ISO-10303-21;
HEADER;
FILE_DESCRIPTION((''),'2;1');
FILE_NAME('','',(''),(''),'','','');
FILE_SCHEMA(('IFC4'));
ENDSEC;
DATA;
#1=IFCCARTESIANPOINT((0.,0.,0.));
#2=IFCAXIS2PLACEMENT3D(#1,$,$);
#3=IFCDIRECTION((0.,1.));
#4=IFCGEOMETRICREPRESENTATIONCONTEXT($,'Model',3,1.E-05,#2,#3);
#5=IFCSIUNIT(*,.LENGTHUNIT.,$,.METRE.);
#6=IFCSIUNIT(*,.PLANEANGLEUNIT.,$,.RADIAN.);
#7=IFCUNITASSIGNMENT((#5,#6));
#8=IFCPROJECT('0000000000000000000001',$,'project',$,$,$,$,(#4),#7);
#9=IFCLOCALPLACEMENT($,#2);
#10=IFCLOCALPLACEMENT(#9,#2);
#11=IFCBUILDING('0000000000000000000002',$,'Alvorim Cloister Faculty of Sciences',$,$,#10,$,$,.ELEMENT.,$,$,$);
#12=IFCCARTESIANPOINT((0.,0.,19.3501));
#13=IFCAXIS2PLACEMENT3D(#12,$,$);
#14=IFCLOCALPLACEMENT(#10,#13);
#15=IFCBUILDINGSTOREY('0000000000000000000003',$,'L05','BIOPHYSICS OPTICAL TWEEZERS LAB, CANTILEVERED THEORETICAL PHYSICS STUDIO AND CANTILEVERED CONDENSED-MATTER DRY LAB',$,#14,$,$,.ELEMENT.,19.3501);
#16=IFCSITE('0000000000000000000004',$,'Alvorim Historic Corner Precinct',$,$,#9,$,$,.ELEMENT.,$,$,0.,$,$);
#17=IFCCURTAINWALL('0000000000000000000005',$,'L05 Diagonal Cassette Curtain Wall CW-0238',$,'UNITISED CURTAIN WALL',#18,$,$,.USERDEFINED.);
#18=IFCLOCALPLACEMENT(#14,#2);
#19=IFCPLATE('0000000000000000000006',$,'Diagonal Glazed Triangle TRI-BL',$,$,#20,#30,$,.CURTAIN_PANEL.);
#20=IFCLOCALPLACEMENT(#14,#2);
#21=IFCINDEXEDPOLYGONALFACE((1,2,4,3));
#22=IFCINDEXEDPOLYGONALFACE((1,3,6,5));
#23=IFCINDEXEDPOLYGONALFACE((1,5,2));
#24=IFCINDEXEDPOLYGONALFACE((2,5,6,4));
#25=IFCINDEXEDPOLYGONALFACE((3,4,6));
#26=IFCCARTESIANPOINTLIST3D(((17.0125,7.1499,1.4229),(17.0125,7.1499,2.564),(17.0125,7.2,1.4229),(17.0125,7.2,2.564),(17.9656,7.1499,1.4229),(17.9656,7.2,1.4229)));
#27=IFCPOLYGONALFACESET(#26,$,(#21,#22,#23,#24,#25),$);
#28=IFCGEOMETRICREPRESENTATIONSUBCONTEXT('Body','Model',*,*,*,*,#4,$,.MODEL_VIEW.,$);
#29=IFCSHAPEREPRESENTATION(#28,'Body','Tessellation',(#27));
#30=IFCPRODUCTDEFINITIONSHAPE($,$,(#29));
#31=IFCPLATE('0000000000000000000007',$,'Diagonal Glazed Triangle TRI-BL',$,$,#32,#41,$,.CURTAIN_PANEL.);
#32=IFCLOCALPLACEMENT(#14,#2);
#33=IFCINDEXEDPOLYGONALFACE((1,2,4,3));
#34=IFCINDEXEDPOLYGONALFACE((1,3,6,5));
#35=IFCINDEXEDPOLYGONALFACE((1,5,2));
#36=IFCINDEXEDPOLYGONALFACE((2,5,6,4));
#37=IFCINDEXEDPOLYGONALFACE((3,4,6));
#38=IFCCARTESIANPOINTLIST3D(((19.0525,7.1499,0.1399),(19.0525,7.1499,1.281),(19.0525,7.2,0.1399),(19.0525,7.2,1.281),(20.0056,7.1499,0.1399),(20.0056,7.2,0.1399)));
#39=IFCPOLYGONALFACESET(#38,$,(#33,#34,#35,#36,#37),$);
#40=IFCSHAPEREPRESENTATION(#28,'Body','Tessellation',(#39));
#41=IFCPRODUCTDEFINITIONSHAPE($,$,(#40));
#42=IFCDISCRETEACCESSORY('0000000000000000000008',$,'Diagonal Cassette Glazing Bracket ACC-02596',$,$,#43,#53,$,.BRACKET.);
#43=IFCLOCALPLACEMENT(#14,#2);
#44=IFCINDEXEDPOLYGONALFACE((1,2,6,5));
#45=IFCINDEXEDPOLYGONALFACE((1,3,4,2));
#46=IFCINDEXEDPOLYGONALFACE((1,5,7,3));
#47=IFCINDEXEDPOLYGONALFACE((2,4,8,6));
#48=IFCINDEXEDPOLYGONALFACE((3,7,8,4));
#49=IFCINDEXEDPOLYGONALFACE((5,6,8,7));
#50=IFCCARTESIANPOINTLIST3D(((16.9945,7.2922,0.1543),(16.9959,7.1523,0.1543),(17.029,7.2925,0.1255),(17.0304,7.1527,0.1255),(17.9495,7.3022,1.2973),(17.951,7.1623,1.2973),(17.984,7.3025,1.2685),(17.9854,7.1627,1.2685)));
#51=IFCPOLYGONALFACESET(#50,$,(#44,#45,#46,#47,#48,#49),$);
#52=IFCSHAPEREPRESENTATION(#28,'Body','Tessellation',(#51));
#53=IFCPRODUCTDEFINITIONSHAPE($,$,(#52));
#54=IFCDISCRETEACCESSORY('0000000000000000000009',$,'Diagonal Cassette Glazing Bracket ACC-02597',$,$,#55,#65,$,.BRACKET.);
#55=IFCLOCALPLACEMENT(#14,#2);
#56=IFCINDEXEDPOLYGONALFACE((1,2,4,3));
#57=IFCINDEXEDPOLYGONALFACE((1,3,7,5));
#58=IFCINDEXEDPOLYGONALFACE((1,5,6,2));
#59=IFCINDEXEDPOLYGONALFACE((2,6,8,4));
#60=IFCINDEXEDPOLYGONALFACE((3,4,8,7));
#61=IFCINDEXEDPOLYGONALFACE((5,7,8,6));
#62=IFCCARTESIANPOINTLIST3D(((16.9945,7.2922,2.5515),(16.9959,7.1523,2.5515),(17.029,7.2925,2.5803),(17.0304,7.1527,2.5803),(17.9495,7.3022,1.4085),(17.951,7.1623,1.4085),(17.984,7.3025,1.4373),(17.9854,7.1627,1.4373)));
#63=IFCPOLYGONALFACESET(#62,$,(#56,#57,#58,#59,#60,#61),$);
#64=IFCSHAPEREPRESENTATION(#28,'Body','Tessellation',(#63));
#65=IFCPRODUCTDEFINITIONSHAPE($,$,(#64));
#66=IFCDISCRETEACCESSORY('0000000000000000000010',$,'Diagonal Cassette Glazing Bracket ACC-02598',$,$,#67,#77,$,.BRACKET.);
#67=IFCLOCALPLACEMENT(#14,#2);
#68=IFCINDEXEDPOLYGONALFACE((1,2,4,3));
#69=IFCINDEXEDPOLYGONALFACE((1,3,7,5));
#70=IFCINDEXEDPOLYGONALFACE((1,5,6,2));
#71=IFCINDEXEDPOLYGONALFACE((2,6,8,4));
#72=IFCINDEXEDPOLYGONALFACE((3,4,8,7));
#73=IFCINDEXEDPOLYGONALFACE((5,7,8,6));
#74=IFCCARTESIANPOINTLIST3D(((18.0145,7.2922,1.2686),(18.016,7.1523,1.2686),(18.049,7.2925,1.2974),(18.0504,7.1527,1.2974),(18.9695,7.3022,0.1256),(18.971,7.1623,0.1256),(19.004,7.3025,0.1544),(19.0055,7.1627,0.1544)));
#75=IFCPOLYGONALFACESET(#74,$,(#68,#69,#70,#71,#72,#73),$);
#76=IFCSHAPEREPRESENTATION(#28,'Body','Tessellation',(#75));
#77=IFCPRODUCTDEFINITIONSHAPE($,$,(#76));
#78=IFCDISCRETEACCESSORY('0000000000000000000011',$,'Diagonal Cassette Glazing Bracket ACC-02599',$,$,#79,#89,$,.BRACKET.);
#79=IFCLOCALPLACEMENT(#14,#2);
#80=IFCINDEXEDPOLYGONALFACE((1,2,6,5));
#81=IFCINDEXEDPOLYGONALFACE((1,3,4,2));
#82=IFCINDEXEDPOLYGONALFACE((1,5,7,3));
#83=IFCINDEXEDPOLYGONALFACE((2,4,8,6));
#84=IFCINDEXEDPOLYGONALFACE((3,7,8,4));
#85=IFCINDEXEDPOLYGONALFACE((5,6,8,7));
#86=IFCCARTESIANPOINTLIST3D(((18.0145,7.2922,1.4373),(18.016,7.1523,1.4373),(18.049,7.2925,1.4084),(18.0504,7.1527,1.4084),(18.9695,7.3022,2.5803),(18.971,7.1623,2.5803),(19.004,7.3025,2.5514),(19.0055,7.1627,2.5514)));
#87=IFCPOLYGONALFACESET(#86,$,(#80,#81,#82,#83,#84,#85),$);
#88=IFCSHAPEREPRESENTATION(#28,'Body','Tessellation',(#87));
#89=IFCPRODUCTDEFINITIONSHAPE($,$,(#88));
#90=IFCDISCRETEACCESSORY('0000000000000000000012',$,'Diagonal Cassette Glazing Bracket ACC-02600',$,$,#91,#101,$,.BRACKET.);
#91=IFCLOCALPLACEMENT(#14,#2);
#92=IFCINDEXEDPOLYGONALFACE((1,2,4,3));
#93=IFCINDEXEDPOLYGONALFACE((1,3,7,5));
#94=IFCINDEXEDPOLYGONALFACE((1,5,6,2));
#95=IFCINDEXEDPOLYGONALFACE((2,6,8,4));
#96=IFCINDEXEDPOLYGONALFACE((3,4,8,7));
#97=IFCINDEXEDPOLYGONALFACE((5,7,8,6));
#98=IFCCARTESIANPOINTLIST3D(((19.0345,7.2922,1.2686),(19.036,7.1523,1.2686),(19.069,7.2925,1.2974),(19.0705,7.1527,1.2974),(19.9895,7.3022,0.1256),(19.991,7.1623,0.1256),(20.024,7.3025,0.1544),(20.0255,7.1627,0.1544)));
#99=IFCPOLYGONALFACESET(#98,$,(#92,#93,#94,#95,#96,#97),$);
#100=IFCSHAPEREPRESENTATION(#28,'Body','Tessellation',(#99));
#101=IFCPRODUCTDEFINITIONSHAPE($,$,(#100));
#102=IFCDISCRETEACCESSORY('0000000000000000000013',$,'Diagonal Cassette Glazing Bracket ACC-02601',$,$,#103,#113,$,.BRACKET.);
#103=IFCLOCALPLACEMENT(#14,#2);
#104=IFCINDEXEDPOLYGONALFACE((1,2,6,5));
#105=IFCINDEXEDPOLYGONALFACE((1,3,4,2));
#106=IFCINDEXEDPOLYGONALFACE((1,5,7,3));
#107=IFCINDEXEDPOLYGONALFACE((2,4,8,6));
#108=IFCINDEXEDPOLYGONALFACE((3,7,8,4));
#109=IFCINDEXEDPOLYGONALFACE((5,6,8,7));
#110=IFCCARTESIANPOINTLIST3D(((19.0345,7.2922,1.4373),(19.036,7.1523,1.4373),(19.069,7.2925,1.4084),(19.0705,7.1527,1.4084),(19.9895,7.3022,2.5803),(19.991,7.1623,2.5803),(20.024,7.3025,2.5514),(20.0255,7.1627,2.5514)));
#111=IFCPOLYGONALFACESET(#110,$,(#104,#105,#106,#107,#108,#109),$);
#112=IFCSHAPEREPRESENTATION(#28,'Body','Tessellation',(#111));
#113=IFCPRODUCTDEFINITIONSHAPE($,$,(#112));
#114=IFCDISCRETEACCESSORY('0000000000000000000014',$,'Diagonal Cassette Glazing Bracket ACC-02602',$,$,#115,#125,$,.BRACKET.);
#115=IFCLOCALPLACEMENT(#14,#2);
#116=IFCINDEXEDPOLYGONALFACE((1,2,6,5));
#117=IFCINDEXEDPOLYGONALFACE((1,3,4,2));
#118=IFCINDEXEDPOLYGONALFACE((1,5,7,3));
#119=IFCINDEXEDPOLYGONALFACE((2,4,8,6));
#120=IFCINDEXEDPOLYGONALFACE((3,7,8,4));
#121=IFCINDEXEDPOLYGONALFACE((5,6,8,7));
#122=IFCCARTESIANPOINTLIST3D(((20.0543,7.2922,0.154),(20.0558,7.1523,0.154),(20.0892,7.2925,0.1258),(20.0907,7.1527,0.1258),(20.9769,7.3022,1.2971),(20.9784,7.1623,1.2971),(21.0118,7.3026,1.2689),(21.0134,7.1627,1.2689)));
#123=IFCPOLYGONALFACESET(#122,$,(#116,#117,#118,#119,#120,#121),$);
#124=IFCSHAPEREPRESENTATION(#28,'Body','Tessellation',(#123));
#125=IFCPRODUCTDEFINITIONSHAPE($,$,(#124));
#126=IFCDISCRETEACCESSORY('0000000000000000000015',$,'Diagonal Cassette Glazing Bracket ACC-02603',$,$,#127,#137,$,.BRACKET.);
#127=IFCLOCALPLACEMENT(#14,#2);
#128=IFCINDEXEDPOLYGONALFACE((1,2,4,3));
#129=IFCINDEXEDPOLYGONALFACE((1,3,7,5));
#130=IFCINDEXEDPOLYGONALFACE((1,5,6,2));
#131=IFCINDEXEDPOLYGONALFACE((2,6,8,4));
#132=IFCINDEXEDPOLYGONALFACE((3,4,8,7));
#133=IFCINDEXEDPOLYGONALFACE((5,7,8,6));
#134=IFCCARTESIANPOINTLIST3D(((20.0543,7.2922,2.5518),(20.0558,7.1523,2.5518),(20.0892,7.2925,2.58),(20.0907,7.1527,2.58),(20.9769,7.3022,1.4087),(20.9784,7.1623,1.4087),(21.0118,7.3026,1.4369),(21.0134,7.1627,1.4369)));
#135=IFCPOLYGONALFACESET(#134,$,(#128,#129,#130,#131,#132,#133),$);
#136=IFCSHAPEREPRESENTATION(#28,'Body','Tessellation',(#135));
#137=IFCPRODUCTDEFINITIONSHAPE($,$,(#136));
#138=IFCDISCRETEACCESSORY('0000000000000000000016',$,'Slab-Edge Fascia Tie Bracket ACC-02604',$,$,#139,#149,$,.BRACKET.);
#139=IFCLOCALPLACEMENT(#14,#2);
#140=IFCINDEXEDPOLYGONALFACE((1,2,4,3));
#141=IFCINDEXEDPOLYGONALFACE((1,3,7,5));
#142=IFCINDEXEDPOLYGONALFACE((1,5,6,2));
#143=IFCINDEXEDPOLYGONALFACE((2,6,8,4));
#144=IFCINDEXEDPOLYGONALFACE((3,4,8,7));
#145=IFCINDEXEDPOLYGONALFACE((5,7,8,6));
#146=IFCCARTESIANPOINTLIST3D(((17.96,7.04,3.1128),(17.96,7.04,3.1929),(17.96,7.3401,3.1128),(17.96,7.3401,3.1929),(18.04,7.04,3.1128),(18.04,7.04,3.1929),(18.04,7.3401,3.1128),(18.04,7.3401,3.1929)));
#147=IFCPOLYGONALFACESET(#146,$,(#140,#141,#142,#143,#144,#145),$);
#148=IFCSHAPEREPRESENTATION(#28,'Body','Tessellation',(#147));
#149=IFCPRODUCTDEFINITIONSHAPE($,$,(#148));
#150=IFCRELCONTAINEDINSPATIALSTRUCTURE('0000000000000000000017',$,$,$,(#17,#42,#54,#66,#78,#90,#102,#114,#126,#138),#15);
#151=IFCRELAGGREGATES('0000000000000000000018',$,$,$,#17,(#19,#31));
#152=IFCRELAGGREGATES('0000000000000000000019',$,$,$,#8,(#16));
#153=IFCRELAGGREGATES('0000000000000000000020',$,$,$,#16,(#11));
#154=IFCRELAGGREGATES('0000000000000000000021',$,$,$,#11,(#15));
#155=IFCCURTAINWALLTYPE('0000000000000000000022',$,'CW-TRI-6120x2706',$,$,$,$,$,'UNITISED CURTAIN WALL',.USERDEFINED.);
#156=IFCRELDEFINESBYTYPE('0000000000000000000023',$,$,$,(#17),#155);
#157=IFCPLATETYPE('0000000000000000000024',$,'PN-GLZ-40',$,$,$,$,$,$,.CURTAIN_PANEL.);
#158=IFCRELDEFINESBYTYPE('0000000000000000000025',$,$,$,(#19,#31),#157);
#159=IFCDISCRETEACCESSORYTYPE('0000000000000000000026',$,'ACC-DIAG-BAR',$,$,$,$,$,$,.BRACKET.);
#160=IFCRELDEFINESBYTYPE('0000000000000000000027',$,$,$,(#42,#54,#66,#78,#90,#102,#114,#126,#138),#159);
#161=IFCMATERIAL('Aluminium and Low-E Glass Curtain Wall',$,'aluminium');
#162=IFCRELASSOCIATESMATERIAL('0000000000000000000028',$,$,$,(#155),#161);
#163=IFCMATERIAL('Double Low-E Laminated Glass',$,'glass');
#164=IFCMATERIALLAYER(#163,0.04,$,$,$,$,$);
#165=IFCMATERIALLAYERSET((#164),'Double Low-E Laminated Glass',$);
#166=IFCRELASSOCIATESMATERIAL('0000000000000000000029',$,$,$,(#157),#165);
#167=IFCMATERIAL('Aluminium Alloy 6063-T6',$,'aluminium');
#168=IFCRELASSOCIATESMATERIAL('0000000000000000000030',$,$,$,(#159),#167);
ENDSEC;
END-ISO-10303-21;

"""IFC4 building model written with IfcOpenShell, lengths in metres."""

from ifc_helpers import new_model, si_unit, direction, frame, origin, origin_2d, place, context, subcontext, project, spatial, polyline, rectangle, outline, extrude, material, layer, layer_set, type_object, element, aggregate, save


model = new_model("IFC4")

# Units and contexts
model_context = context("Model", 3, precision=1e-05, world=origin(), true_north=direction((0.0, 1.0)))
body_context = subcontext(model_context, "Body", "Model", "MODEL_VIEW")
ifc_project = project(units=[si_unit("LENGTHUNIT", "METRE"), si_unit("PLANEANGLEUNIT", "RADIAN")], contexts=[model_context])

# Site, building, storey
site_placement = place(None, origin())
site = spatial("IfcSite", under=ifc_project, at=site_placement, Name="Alvorim Historic Corner Precinct", CompositionType="ELEMENT", RefElevation=0.0)
building_placement = place(site_placement, origin())
building = spatial("IfcBuilding", under=site, at=building_placement, Name="Alvorim Cloister Faculty of Sciences", CompositionType="ELEMENT")
storey_placement = place(building_placement, frame((0.0, 0.0, 19.3501)))
storey = spatial("IfcBuildingStorey", under=building, at=storey_placement, Name="L05", Description="BIOPHYSICS OPTICAL TWEEZERS LAB, CANTILEVERED THEORETICAL PHYSICS STUDIO AND CANTILEVERED CONDENSED-MATTER DRY LAB", CompositionType="ELEMENT", Elevation=19.3501)

# Curtain wall, plates
ifc_material_1 = material(Name="Aluminium and Low-E Glass Curtain Wall", Category="aluminium")
curtain_wall_type = type_object("IfcCurtainWallType", Name="CW-TRI-6120x2706", ElementType="UNITISED CURTAIN WALL", PredefinedType="USERDEFINED", material=ifc_material_1)
curtain_wall_placement = place(storey_placement, origin())
curtain_wall = element("IfcCurtainWall", 1, at=curtain_wall_placement, inside=storey, type_object=curtain_wall_type, Name="L05 Diagonal Cassette Curtain Wall CW-0238", ObjectType="UNITISED CURTAIN WALL", PredefinedType="USERDEFINED")
ifc_material_2 = material(Name="Aluminium Alloy 6063-T6", Category="aluminium")
ifc_material_3 = material(Name="Double Low-E Laminated Glass", Category="glass")
ifc_layer = layer(ifc_material_3, 0.04)
ifc_layer_set = layer_set([ifc_layer], Name="Double Low-E Laminated Glass")
plate_type = type_object("IfcPlateType", Name="PN-GLZ-40", PredefinedType="CURTAIN_PANEL", material=ifc_layer_set)
plate_1_placement = place(storey_placement, frame((17.0125, 7.175, 1.4229), z_axis=(0.0, 0.0, 1.0), x_axis=(1.0, 0.0, 0.0)))
plate_1 = element("IfcPlate", 2, at=plate_1_placement, type_object=plate_type, Name="Diagonal Glazed Triangle TRI-BL", PredefinedType="CURTAIN_PANEL", context=body_context, shape_type="SweptSolid", body=[
    extrude(outline(polyline([(0.0, 0.0), (0.9531, 0.0), (0.0, 1.1411), (0.0, 0.0)])), frame((0.0, 0.0249, 0.0), z_axis=(0.0, -1.0, 0.0), x_axis=(1.0, 0.0, 0.0)), (0.0, 0.0, 1.0), 0.05),
])
plate_2_placement = place(storey_placement, frame((19.0525, 7.175, 0.1399), z_axis=(0.0, 0.0, 1.0), x_axis=(1.0, 0.0, 0.0)))
plate_2 = element("IfcPlate", 3, at=plate_2_placement, type_object=plate_type, Name="Diagonal Glazed Triangle TRI-BL", PredefinedType="CURTAIN_PANEL", context=body_context, shape_type="SweptSolid", body=[
    extrude(outline(polyline([(0.0, 0.0), (0.9531, 0.0), (0.0, 1.1411), (0.0, 0.0)])), frame((0.0, 0.0249, 0.0), z_axis=(0.0, -1.0, 0.0), x_axis=(1.0, 0.0, 0.0)), (0.0, 0.0, 1.0), 0.05),
])
aggregate(curtain_wall, [plate_1, plate_2])

# Discrete accessories
discrete_accessory_type = type_object("IfcDiscreteAccessoryType", Name="ACC-DIAG-BAR", PredefinedType="BRACKET", material=ifc_material_2)
for number, where, z_axis, x_axis, name in (
    (4, (17.0125, 7.2224, 0.1399), (0.641169, 0.00672, 0.76737), (-0.01048, 0.999945, 0.0), "Diagonal Cassette Glazing Bracket ACC-02596"),
    (5, (17.0125, 7.2224, 2.5659), (0.641169, 0.00672, -0.76737), (-0.01048, 0.999945, 0.0), "Diagonal Cassette Glazing Bracket ACC-02597"),
    (6, (18.0325, 7.2224, 1.283), (0.641169, 0.00672, -0.76737), (-0.01048, 0.999945, 0.0), "Diagonal Cassette Glazing Bracket ACC-02598"),
    (7, (18.0325, 7.2224, 1.4229), (0.641169, 0.00672, 0.76737), (-0.01048, 0.999945, 0.0), "Diagonal Cassette Glazing Bracket ACC-02599"),
    (8, (19.0525, 7.2224, 1.283), (0.641169, 0.00672, -0.76737), (-0.01048, 0.999945, 0.0), "Diagonal Cassette Glazing Bracket ACC-02600"),
    (9, (19.0525, 7.2224, 1.4229), (0.641169, 0.00672, 0.76737), (-0.01048, 0.999945, 0.0), "Diagonal Cassette Glazing Bracket ACC-02601"),
):
    element("IfcDiscreteAccessory", number, at=place(storey_placement, frame(where, z_axis=z_axis, x_axis=x_axis)), inside=storey, type_object=discrete_accessory_type, Name=name, PredefinedType="BRACKET", context=body_context, shape_type="SweptSolid", body=[
        extrude(rectangle(XDim=0.1399, YDim=0.0449, at=origin_2d()), origin(), (0.0, 0.0, 1.0), 1.4895),
    ])
for number, where, z_axis, x_axis, name in (
    (10, (20.0725, 7.2224, 0.1399), (0.628059, 0.006814, 0.778136), (-0.010849, 0.999941, 0.0), "Diagonal Cassette Glazing Bracket ACC-02602"),
    (11, (20.0725, 7.2224, 2.5659), (0.628059, 0.006814, -0.778136), (-0.010849, 0.999941, 0.0), "Diagonal Cassette Glazing Bracket ACC-02603"),
):
    element("IfcDiscreteAccessory", number, at=place(storey_placement, frame(where, z_axis=z_axis, x_axis=x_axis)), inside=storey, type_object=discrete_accessory_type, Name=name, PredefinedType="BRACKET", context=body_context, shape_type="SweptSolid", body=[
        extrude(rectangle(XDim=0.1399, YDim=0.0449, at=origin_2d()), origin(), (0.0, 0.0, 1.0), 1.469),
    ])
discrete_accessory_placement = place(storey_placement, frame((18.0, 7.3401, 3.1528), z_axis=(0.0, -1.0, 0.0), x_axis=(1.0, 0.0, 0.0)))
element("IfcDiscreteAccessory", 12, at=discrete_accessory_placement, inside=storey, type_object=discrete_accessory_type, Name="Slab-Edge Fascia Tie Bracket ACC-02604", PredefinedType="BRACKET", context=body_context, shape_type="SweptSolid", body=[
    extrude(rectangle(XDim=0.0801, YDim=0.0801, at=origin_2d()), origin(), (0.0, 0.0, 1.0), 0.3),
])

save(model, "model.ifc")
